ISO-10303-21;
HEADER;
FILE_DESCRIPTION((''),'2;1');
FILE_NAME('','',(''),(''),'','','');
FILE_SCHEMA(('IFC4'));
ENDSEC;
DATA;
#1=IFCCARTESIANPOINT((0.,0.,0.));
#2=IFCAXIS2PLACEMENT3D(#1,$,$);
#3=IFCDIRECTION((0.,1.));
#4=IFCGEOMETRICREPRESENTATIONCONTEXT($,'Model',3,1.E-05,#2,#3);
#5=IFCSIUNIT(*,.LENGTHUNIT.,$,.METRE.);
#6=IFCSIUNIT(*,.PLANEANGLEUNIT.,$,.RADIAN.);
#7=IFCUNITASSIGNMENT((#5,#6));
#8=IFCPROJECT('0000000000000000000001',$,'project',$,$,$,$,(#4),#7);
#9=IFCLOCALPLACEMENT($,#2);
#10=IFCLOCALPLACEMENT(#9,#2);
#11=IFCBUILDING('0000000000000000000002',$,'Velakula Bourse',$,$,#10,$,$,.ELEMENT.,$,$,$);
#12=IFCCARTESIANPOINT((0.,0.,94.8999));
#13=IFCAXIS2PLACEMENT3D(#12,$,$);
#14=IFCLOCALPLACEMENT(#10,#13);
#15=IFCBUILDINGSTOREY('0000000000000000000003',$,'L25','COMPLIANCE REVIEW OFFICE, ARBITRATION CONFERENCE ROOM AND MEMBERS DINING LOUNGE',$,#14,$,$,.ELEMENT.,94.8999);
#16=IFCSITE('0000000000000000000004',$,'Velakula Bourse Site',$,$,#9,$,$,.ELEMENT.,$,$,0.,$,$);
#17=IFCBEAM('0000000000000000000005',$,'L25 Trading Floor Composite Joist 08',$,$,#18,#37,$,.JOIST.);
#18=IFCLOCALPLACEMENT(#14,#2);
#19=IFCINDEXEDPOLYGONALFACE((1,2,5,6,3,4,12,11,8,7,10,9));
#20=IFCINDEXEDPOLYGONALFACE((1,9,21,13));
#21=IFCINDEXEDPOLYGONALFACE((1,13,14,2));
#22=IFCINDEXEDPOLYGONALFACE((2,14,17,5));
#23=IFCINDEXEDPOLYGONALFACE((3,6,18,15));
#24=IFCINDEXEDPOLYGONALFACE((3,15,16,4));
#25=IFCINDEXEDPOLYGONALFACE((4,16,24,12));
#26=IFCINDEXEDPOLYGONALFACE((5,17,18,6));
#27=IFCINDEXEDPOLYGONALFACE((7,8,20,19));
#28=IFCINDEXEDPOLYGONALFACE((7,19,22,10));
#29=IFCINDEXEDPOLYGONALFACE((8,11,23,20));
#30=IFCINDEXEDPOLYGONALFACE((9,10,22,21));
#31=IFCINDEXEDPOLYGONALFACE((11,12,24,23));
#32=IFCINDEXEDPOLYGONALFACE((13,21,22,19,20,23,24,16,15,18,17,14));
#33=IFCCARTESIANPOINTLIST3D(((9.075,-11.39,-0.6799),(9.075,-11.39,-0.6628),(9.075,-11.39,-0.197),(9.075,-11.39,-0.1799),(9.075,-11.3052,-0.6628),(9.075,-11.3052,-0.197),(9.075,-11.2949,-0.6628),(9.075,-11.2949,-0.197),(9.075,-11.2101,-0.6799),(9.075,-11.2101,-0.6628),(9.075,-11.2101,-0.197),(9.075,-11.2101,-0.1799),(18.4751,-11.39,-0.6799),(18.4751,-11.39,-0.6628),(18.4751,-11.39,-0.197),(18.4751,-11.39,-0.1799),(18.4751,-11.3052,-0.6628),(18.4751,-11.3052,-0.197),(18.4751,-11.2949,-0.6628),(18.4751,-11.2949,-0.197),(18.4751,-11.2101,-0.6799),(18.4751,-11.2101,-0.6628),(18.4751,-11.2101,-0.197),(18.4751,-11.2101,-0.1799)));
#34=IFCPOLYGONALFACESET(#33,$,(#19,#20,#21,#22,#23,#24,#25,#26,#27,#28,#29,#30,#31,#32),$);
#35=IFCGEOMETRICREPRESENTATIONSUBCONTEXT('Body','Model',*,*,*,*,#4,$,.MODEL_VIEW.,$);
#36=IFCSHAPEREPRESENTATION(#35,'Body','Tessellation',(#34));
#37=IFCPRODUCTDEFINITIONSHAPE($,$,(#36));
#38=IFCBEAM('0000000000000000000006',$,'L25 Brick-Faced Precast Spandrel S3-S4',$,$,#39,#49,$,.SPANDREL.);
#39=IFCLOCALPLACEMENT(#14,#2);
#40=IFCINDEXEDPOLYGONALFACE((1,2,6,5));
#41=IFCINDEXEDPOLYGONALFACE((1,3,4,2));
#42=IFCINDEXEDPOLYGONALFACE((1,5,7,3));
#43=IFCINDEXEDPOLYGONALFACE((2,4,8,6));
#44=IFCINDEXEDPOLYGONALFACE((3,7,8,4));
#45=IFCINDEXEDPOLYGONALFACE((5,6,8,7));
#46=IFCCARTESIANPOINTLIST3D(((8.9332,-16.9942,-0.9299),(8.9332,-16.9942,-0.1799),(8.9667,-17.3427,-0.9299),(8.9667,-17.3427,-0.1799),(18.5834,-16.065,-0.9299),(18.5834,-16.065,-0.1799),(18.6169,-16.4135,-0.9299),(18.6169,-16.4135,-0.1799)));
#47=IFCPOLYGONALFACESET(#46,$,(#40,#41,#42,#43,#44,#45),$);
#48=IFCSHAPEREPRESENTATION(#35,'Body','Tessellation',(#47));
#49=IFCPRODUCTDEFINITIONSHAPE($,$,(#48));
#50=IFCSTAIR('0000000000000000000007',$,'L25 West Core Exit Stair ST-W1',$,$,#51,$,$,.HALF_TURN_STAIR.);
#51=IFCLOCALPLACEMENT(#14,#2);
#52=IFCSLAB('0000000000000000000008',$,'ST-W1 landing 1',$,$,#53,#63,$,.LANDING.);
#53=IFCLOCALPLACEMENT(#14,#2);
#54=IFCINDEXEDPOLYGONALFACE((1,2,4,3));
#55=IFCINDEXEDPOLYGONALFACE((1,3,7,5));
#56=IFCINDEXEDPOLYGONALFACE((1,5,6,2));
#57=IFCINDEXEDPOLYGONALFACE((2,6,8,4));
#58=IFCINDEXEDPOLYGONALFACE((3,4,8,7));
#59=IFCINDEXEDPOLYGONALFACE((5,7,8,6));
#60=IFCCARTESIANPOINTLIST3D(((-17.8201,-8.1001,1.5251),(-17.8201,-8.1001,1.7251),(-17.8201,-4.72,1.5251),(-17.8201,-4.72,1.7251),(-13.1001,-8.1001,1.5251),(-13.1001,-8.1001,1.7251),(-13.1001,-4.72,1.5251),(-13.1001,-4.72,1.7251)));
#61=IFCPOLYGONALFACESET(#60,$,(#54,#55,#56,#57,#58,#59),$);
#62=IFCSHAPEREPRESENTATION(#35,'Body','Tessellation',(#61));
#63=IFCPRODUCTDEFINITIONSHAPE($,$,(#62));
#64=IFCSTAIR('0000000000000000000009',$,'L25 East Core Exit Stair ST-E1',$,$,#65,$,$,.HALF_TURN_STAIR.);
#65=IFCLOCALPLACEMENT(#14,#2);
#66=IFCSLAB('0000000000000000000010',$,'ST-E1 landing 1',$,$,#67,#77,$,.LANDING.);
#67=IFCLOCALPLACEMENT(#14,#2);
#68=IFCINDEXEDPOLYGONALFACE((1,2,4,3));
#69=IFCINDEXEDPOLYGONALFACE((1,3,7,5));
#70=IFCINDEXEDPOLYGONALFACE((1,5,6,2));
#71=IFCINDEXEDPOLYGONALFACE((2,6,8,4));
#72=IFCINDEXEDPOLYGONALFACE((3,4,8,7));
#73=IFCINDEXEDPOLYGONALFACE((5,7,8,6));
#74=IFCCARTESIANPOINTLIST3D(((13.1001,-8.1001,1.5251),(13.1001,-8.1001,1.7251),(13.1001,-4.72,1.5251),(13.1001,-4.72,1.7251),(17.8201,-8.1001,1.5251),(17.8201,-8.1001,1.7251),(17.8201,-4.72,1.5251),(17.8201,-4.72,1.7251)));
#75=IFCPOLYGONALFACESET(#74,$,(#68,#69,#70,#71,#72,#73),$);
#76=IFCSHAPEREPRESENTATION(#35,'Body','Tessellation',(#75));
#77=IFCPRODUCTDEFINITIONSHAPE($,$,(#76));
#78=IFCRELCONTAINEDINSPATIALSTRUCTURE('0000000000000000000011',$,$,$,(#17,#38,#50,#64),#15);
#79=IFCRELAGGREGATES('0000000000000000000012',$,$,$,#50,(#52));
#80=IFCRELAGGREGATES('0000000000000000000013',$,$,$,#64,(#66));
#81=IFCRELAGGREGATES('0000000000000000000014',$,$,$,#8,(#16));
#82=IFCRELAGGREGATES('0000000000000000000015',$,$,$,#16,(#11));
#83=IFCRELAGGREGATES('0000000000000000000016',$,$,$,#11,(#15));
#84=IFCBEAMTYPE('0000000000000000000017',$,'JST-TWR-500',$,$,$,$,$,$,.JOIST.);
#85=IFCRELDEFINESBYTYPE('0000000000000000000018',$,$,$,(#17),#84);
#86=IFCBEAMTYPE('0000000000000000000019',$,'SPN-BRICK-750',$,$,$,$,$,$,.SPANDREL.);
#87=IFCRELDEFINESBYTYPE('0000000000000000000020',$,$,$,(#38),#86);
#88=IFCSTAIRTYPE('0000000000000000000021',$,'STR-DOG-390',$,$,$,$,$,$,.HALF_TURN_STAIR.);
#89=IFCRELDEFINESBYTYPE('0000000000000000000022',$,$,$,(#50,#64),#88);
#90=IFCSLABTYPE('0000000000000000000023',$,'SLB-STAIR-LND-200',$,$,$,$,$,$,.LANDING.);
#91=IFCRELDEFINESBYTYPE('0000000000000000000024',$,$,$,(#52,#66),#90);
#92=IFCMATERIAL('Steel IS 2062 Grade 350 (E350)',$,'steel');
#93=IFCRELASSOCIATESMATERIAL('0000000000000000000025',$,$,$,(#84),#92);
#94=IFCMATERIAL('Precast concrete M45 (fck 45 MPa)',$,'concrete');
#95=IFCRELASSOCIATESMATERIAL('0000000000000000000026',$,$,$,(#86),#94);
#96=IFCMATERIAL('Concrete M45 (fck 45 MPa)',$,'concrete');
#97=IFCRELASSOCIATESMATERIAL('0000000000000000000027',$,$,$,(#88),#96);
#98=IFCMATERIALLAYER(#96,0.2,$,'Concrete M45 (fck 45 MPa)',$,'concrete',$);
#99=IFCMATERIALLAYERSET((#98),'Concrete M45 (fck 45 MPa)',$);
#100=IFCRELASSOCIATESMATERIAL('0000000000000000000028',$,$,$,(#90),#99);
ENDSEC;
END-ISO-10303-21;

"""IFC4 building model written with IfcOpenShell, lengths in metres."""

from ifc_helpers import new_model, si_unit, direction, frame, origin, origin_2d, place, context, subcontext, project, spatial, polyline, rectangle, i_section, outline, extrude, material, layer, layer_set, material_profile, profile_set, type_object, element, aggregate, save


model = new_model("IFC4")

# Units and contexts
model_context = context("Model", 3, precision=1e-05, world=origin(), true_north=direction((0.0, 1.0)))
body_context = subcontext(model_context, "Body", "Model", "MODEL_VIEW")
ifc_project = project(units=[si_unit("LENGTHUNIT", "METRE"), si_unit("PLANEANGLEUNIT", "RADIAN")], contexts=[model_context])

# Site, building, storey
site_placement = place(None, origin())
site = spatial("IfcSite", under=ifc_project, at=site_placement, Name="Velakula Bourse Site", CompositionType="ELEMENT", RefElevation=0.0)
building_placement = place(site_placement, origin())
building = spatial("IfcBuilding", under=site, at=building_placement, Name="Velakula Bourse", CompositionType="ELEMENT")
storey_placement = place(building_placement, frame((0.0, 0.0, 94.8999)))
storey = spatial("IfcBuildingStorey", under=building, at=storey_placement, Name="L25", Description="COMPLIANCE REVIEW OFFICE, ARBITRATION CONFERENCE ROOM AND MEMBERS DINING LOUNGE", CompositionType="ELEMENT", Elevation=94.8999)

# Beams
ifc_material_1 = material(Name="Steel IS 2062 Grade 350 (E350)", Category="steel")
ifc_material_profile_1 = material_profile(ifc_material_1, i_section(OverallWidth=0.1799, OverallDepth=0.5, WebThickness=0.0103, FlangeThickness=0.0171, at=origin_2d()), Name="Steel IS 2062 Grade 350 (E350)")
ifc_profile_set_1 = profile_set([ifc_material_profile_1], Name="Steel IS 2062 Grade 350 (E350)")
beam_type_1 = type_object("IfcBeamType", Name="JST-TWR-500", PredefinedType="JOIST", material=ifc_profile_set_1)
beam_1_placement = place(storey_placement, frame((9.075, -11.3, -0.4299), z_axis=(1.0, 0.0, 0.0), x_axis=(0.0, 1.0, 0.0)))
element("IfcBeam", 1, at=beam_1_placement, inside=storey, type_object=beam_type_1, Name="L25 Trading Floor Composite Joist 08", PredefinedType="JOIST", context=body_context, shape_type="SweptSolid", body=[
    extrude(i_section(OverallWidth=0.1799, OverallDepth=0.5, WebThickness=0.0103, FlangeThickness=0.0171, at=origin_2d()), origin(), (0.0, 0.0, 1.0), 9.4001),
])
ifc_material_2 = material(Name="Precast concrete M45 (fck 45 MPa)", Category="concrete")
ifc_material_profile_2 = material_profile(ifc_material_2, rectangle(XDim=0.3501, YDim=0.75, at=origin_2d()), Name="Precast concrete M45 (fck 45 MPa)")
ifc_profile_set_2 = profile_set([ifc_material_profile_2], Name="Precast concrete M45 (fck 45 MPa)")
beam_type_2 = type_object("IfcBeamType", Name="SPN-BRICK-750", PredefinedType="SPANDREL", material=ifc_profile_set_2)
beam_2_placement = place(storey_placement, frame((8.95, -17.1685, -0.5549), z_axis=(0.995396, 0.095845, 0.0), x_axis=(-0.095845, 0.995396, 0.0)))
element("IfcBeam", 2, at=beam_2_placement, inside=storey, type_object=beam_type_2, Name="L25 Brick-Faced Precast Spandrel S3-S4", PredefinedType="SPANDREL", context=body_context, shape_type="SweptSolid", body=[
    extrude(rectangle(XDim=0.3501, YDim=0.75, at=origin_2d()), origin(), (0.0, 0.0, 1.0), 9.6948),
])

# Stairs, slabs
ifc_material_3 = material(Name="Concrete M45 (fck 45 MPa)", Category="concrete")
stair_type = type_object("IfcStairType", Name="STR-DOG-390", PredefinedType="HALF_TURN_STAIR", material=ifc_material_3)
stair_1_placement = place(storey_placement, origin())
stair_1 = element("IfcStair", 3, at=stair_1_placement, inside=storey, type_object=stair_type, Name="L25 West Core Exit Stair ST-W1", PredefinedType="HALF_TURN_STAIR")
ifc_layer_1 = layer(ifc_material_3, 0.2, Name="Concrete M45 (fck 45 MPa)", Category="concrete")
ifc_layer_set_1 = layer_set([ifc_layer_1], Name="Concrete M45 (fck 45 MPa)")
slab_type_1 = type_object("IfcSlabType", Name="SLB-STAIR-LND-200", PredefinedType="LANDING", material=ifc_layer_set_1)
slab_1_placement = place(storey_placement, frame((0.0, 0.0, 1.5251)))
slab_1 = element("IfcSlab", 4, at=slab_1_placement, type_object=slab_type_1, Name="ST-W1 landing 1", PredefinedType="LANDING", context=body_context, shape_type="SweptSolid", body=[
    extrude(outline(polyline([(-17.8201, -4.72), (-17.8201, -8.1001), (-13.1001, -8.1001), (-13.1001, -4.72), (-17.8201, -4.72)])), origin(), (0.0, 0.0, 1.0), 0.2),
])
aggregate(stair_1, [slab_1])
stair_2_placement = place(storey_placement, origin())
stair_2 = element("IfcStair", 5, at=stair_2_placement, inside=storey, type_object=stair_type, Name="L25 East Core Exit Stair ST-E1", PredefinedType="HALF_TURN_STAIR")
slab_2_placement = place(storey_placement, frame((0.0, 0.0, 1.5251)))
slab_2 = element("IfcSlab", 6, at=slab_2_placement, type_object=slab_type_1, Name="ST-E1 landing 1", PredefinedType="LANDING", context=body_context, shape_type="SweptSolid", body=[
    extrude(outline(polyline([(13.1001, -4.72), (13.1001, -8.1001), (17.8201, -8.1001), (17.8201, -4.72), (13.1001, -4.72)])), origin(), (0.0, 0.0, 1.0), 0.2),
])
aggregate(stair_2, [slab_2])

save(model, "model.ifc")
